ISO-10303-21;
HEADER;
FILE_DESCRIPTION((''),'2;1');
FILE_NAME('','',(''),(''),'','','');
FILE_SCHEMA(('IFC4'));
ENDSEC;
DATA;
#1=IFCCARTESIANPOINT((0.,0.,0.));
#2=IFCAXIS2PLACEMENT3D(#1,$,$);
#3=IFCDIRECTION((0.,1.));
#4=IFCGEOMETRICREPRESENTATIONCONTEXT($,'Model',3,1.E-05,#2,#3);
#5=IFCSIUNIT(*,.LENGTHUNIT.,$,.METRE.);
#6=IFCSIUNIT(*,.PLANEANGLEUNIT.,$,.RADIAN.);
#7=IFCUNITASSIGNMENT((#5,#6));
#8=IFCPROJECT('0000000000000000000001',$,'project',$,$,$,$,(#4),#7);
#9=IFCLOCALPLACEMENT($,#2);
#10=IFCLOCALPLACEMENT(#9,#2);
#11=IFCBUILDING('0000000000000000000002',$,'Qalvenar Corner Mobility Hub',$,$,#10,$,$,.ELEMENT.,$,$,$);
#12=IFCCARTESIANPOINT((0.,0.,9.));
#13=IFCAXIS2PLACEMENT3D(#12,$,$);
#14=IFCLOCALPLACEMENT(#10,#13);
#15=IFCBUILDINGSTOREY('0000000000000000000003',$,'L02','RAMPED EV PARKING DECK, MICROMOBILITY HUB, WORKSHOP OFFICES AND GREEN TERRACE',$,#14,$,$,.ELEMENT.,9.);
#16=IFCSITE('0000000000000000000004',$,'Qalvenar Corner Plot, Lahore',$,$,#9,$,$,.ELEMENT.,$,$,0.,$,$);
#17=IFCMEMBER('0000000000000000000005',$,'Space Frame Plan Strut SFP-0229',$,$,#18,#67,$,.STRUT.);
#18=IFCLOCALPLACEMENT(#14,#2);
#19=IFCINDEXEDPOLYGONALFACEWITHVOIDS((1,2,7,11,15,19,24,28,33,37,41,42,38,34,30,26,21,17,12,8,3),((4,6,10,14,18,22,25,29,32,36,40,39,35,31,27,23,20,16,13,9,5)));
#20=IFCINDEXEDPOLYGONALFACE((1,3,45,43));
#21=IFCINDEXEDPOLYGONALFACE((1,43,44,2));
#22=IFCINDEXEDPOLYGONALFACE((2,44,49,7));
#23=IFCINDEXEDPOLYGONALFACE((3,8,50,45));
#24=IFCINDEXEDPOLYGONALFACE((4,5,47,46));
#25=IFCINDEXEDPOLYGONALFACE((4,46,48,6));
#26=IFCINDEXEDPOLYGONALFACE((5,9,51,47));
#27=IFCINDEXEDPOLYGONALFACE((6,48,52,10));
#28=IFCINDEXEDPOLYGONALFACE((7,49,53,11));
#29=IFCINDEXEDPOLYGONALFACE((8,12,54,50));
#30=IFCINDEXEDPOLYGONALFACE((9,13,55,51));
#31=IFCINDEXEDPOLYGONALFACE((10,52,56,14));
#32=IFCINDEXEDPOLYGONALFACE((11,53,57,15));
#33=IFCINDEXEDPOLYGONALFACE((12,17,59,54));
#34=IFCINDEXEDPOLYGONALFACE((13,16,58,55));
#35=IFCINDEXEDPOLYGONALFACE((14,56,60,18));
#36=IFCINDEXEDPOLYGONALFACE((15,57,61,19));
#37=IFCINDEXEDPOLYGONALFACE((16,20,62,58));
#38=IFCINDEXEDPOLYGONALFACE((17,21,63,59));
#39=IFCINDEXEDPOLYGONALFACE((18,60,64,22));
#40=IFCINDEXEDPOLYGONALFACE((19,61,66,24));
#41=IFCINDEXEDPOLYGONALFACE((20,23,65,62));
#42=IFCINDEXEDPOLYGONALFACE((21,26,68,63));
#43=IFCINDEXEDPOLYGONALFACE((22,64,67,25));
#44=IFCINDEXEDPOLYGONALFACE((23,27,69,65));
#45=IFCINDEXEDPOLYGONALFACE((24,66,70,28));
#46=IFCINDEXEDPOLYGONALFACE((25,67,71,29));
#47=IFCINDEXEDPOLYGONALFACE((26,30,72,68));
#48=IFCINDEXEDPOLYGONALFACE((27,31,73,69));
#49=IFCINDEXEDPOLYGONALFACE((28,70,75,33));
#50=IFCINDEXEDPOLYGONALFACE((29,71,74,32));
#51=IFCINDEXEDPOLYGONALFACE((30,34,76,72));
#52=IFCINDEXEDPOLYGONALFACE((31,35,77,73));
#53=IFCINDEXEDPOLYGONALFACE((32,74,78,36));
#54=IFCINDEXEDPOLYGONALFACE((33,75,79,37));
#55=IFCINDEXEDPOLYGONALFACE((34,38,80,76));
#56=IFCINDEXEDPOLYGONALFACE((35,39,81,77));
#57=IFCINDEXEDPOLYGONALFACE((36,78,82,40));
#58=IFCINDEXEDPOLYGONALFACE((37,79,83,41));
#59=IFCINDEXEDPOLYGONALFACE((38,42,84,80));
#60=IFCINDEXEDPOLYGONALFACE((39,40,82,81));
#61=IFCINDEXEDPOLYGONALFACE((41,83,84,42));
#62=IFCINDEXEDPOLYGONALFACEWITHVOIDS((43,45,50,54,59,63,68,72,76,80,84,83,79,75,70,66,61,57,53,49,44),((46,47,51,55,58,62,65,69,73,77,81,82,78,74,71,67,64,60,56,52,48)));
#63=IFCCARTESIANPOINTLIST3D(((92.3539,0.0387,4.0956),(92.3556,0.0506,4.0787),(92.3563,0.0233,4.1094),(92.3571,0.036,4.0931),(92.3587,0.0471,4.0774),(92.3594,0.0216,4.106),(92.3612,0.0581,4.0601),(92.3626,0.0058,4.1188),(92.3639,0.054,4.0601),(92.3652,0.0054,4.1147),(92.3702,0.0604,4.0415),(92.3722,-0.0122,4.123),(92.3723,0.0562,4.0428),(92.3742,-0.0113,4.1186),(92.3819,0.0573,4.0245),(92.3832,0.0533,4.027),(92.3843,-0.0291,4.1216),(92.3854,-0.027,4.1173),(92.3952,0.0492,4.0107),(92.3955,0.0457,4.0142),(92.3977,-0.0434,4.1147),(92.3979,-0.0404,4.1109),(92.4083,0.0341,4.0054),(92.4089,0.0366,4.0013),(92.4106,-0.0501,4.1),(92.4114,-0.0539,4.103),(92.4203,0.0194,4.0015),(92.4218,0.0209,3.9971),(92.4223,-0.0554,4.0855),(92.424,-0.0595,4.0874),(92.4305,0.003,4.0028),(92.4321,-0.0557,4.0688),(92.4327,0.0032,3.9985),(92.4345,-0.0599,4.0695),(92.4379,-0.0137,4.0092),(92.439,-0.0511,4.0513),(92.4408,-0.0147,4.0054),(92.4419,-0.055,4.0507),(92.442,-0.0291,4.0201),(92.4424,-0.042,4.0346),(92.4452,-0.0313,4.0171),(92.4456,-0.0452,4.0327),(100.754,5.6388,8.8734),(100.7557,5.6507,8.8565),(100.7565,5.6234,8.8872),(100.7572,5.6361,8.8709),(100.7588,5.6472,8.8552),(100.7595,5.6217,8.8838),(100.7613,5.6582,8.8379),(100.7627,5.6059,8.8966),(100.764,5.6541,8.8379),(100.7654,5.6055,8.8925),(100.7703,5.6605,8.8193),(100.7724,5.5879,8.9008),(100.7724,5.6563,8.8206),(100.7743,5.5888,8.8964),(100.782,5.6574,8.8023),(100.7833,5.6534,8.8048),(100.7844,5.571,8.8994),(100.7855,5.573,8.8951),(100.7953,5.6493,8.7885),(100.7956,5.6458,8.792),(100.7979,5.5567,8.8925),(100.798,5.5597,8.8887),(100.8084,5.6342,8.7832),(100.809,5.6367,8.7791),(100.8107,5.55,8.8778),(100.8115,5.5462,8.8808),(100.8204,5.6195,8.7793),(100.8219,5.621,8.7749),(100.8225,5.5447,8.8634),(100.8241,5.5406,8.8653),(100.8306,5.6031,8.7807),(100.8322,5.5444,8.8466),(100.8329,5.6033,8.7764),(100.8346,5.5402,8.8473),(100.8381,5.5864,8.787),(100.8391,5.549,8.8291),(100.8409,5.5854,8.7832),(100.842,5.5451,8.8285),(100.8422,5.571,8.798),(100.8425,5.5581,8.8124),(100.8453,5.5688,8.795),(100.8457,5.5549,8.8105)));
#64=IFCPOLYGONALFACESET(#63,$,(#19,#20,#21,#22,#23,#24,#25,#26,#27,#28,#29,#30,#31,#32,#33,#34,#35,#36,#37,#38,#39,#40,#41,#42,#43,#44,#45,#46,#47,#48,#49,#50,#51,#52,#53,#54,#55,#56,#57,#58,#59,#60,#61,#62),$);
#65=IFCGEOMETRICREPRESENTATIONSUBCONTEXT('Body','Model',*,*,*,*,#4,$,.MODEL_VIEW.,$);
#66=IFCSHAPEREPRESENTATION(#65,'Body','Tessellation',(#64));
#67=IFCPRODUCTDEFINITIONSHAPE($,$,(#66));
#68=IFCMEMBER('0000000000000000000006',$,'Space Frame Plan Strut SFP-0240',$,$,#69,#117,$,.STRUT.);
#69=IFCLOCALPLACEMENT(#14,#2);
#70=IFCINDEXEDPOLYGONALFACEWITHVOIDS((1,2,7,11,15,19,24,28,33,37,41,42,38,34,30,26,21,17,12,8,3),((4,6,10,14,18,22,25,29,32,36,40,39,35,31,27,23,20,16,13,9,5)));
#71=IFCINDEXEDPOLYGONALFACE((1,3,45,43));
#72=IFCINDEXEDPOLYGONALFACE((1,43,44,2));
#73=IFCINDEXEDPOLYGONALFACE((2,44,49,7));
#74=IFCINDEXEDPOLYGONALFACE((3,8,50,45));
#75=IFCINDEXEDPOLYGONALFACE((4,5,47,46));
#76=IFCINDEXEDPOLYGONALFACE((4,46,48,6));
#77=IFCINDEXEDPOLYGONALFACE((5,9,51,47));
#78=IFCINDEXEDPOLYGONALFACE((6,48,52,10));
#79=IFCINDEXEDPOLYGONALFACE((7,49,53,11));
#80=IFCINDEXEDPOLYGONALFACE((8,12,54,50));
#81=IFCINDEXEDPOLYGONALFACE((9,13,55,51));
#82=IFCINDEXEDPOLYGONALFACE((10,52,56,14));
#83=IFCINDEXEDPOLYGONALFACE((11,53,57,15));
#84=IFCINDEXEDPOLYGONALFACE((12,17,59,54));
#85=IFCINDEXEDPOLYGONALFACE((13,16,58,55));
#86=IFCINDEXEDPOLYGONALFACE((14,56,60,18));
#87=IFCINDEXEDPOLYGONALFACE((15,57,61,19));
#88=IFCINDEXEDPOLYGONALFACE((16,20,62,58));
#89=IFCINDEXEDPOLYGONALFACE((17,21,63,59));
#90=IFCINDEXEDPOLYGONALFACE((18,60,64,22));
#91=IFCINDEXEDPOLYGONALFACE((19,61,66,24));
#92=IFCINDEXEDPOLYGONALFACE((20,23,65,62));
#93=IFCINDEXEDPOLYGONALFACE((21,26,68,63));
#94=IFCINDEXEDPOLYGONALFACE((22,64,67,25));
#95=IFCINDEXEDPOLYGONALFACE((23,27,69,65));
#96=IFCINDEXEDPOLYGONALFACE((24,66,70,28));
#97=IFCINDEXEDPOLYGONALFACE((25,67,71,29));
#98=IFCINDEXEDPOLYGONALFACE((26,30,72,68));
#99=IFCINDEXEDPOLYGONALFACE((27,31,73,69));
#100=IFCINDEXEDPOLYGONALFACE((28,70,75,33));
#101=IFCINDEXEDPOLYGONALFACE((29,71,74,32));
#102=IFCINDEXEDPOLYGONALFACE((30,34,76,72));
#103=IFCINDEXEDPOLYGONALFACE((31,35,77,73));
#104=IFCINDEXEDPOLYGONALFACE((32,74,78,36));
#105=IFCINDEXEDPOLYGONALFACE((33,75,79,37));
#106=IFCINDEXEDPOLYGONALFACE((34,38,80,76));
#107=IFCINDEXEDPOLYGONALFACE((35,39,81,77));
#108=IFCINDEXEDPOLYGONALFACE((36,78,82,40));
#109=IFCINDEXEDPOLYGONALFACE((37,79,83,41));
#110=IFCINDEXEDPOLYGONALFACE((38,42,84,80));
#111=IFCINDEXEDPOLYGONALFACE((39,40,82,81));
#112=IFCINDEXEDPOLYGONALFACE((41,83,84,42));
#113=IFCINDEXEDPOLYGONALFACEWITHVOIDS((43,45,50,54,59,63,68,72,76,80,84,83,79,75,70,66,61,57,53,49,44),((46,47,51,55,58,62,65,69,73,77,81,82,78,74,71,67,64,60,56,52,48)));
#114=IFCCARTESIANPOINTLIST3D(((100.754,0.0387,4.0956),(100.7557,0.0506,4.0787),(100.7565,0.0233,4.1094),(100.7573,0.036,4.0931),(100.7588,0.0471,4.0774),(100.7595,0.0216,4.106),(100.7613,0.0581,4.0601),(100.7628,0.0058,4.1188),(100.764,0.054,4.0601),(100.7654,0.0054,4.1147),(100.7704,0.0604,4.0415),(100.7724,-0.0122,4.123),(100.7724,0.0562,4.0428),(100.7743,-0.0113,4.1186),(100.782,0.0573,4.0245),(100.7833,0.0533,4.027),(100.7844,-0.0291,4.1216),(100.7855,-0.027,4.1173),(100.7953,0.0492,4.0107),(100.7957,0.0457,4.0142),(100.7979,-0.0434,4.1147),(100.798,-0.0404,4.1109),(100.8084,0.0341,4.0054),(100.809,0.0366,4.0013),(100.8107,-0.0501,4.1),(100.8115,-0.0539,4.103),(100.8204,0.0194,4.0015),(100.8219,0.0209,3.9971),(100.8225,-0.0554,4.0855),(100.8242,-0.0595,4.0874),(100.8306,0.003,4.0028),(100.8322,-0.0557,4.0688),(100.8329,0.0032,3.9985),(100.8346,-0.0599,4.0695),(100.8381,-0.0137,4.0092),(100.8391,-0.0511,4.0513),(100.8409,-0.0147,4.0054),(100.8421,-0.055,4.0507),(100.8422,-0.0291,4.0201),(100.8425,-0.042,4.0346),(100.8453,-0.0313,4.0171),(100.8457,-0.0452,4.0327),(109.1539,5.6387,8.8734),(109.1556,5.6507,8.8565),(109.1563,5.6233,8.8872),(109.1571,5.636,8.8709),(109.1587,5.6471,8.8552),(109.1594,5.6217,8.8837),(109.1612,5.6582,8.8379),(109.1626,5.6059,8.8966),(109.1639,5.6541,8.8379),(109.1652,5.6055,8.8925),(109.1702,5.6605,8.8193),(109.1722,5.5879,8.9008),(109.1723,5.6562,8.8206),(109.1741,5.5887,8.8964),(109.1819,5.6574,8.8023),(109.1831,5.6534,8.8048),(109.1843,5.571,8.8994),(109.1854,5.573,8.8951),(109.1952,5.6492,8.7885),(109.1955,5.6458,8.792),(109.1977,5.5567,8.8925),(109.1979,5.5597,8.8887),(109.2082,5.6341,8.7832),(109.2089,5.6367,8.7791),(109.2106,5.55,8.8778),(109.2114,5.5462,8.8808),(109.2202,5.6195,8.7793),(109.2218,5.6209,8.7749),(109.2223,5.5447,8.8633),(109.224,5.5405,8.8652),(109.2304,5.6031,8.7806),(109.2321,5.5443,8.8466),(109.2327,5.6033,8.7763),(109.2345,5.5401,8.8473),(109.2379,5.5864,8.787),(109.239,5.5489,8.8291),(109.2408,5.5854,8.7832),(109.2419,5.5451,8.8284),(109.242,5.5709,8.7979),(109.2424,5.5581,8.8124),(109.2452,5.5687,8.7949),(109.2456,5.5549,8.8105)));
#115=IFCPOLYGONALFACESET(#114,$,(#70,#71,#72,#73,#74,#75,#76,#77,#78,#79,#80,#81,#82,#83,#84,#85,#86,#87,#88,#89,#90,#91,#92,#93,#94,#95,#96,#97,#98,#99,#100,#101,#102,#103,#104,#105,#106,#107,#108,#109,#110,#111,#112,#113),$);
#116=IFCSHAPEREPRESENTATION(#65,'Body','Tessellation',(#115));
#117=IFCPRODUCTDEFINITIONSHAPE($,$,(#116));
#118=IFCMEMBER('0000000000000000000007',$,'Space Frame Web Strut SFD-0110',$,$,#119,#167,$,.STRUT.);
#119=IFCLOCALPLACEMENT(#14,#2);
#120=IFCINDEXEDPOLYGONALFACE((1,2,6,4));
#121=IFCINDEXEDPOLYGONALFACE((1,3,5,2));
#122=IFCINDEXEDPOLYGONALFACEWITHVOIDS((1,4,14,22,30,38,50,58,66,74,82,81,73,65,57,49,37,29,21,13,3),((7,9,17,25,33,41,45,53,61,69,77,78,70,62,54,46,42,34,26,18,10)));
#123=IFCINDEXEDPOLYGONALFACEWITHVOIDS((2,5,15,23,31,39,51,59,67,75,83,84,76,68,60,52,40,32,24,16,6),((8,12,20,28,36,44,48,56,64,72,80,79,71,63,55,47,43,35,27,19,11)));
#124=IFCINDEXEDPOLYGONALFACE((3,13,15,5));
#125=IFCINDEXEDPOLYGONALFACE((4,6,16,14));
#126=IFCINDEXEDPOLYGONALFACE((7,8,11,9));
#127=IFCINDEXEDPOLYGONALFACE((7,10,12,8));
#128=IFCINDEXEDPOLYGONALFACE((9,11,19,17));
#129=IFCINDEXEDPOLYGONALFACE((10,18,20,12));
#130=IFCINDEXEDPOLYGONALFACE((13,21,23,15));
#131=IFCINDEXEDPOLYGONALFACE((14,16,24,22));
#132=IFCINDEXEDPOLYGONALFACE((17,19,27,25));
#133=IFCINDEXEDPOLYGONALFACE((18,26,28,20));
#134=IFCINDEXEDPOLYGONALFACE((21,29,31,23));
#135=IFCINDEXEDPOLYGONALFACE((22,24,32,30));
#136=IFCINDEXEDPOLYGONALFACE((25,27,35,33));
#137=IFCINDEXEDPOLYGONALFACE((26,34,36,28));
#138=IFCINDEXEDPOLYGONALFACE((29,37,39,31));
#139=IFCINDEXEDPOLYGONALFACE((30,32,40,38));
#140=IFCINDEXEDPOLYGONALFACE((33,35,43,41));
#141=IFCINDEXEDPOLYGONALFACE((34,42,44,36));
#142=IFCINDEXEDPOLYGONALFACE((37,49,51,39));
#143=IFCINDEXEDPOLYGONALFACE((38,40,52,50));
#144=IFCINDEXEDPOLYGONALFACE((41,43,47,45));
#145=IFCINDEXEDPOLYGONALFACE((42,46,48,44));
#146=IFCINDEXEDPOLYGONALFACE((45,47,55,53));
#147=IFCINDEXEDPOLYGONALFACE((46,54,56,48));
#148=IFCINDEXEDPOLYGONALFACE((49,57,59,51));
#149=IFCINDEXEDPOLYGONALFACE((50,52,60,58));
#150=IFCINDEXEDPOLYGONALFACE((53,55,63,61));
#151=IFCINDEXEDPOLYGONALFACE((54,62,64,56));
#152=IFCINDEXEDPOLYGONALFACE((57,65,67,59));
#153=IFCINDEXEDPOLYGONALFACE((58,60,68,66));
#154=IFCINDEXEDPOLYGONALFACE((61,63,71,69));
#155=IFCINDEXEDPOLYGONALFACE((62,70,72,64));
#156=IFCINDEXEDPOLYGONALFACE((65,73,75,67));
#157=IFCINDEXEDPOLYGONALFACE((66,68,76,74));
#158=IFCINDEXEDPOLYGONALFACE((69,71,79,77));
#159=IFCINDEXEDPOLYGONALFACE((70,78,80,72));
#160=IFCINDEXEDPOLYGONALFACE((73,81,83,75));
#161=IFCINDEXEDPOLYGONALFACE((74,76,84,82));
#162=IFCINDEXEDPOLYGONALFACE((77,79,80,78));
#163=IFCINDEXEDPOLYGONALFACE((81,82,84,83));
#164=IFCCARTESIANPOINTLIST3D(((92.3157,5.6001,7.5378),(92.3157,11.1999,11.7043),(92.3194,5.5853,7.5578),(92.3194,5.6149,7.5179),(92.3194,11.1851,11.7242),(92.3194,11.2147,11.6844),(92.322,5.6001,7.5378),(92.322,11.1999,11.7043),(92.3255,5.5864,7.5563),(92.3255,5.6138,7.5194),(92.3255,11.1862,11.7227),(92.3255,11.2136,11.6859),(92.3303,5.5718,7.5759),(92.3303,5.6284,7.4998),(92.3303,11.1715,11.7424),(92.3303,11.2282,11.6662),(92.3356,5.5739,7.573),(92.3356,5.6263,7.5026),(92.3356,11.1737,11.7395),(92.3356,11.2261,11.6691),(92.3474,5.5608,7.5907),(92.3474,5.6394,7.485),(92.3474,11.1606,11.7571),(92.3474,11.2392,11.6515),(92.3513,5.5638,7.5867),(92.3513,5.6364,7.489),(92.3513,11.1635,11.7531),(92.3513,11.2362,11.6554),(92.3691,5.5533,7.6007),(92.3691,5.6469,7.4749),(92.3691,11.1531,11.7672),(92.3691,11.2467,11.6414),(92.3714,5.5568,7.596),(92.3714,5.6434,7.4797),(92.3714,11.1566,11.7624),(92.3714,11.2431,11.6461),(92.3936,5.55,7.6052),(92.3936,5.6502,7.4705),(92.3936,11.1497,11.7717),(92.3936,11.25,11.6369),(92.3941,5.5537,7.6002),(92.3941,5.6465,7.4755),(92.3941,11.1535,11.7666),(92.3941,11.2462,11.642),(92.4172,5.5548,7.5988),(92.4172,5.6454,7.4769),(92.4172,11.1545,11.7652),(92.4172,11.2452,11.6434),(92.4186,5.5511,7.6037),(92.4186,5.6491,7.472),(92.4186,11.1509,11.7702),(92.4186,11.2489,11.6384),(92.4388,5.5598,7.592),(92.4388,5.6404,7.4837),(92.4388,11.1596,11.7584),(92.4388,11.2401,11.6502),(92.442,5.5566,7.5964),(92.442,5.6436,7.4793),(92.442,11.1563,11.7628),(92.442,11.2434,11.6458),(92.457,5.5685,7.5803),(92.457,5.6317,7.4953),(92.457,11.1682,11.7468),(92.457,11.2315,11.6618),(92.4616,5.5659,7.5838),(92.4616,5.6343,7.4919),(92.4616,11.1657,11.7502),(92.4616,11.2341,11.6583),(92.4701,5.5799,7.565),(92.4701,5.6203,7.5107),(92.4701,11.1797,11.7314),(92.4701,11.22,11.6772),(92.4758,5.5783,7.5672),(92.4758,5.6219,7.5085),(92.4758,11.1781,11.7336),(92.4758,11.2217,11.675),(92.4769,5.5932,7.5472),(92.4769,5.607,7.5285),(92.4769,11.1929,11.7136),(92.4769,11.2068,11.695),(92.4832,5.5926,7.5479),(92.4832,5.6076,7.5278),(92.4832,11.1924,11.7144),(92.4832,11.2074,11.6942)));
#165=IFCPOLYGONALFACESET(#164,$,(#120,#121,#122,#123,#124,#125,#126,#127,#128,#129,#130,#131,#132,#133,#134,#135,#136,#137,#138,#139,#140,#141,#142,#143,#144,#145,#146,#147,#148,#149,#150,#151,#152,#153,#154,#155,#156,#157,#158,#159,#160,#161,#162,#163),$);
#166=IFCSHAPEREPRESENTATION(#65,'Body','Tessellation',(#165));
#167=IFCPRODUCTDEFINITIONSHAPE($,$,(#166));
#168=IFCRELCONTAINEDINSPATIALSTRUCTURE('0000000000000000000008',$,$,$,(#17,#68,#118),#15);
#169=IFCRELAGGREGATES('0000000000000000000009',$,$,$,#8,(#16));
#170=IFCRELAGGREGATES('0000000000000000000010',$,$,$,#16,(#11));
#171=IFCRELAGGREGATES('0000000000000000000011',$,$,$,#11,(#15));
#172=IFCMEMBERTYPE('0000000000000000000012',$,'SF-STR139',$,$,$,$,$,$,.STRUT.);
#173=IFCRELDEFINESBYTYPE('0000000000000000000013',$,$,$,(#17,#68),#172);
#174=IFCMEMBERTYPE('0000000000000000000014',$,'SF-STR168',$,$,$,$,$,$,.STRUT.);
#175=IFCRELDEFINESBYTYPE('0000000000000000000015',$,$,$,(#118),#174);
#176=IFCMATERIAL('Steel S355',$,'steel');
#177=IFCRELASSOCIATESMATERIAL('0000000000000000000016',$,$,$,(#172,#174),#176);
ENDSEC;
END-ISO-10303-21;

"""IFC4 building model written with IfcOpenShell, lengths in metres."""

from ifc_helpers import new_model, si_unit, direction, frame, origin, origin_2d, place, context, subcontext, project, spatial, hollow_circle, extrude, material, material_profile, profile_set, type_object, element, save


model = new_model("IFC4")

# Units and contexts
model_context = context("Model", 3, precision=1e-05, world=origin(), true_north=direction((0.0, 1.0)))
body_context = subcontext(model_context, "Body", "Model", "MODEL_VIEW")
ifc_project = project(units=[si_unit("LENGTHUNIT", "METRE"), si_unit("PLANEANGLEUNIT", "RADIAN")], contexts=[model_context])

# Site, building, storey
site_placement = place(None, origin())
site = spatial("IfcSite", under=ifc_project, at=site_placement, Name="Qalvenar Corner Plot, Lahore", CompositionType="ELEMENT", RefElevation=0.0)
building_placement = place(site_placement, origin())
building = spatial("IfcBuilding", under=site, at=building_placement, Name="Qalvenar Corner Mobility Hub", CompositionType="ELEMENT")
storey_placement = place(building_placement, frame((0.0, 0.0, 9.0)))
storey = spatial("IfcBuildingStorey", under=building, at=storey_placement, Name="L02", Description="RAMPED EV PARKING DECK, MICROMOBILITY HUB, WORKSHOP OFFICES AND GREEN TERRACE", CompositionType="ELEMENT", Elevation=9.0)

# Members
ifc_material_1 = material(Name="Steel S355", Category="steel")
ifc_material_profile_1 = material_profile(ifc_material_1, hollow_circle(Radius=0.0698, WallThickness=0.0049, at=origin_2d()), Name="CHS139.7x5")
ifc_profile_set_1 = profile_set([ifc_material_profile_1], Name="Steel S355")
member_type_1 = type_object("IfcMemberType", Name="SF-STR139", PredefinedType="STRUT", material=ifc_profile_set_1)
member_1_placement = place(storey_placement, frame((92.3999, 0.0, 4.0601), z_axis=(0.752081, 0.501387, 0.427768), x_axis=(-0.5547, 0.83205, 0.0)))
element("IfcMember", 1, at=member_1_placement, inside=storey, type_object=member_type_1, Name="Space Frame Plan Strut SFP-0229", PredefinedType="STRUT", context=body_context, shape_type="SweptSolid", body=[
    extrude(hollow_circle(Radius=0.0698, WallThickness=0.0049, at=origin_2d()), origin(), (0.0, 0.0, 1.0), 11.1692),
])
member_2_placement = place(storey_placement, frame((100.8, 0.0, 4.0601), z_axis=(0.752071, 0.501395, 0.427775), x_axis=(-0.554711, 0.832043, 0.0)))
element("IfcMember", 2, at=member_2_placement, inside=storey, type_object=member_type_1, Name="Space Frame Plan Strut SFP-0240", PredefinedType="STRUT", context=body_context, shape_type="SweptSolid", body=[
    extrude(hollow_circle(Radius=0.0698, WallThickness=0.0049, at=origin_2d()), origin(), (0.0, 0.0, 1.0), 11.1689),
])
ifc_material_profile_2 = material_profile(ifc_material_1, hollow_circle(Radius=0.0842, WallThickness=0.0063, at=origin_2d()), Name="CHS168.3x6.3")
ifc_profile_set_2 = profile_set([ifc_material_profile_2], Name="Steel S355")
member_type_2 = type_object("IfcMemberType", Name="SF-STR168", PredefinedType="STRUT", material=ifc_profile_set_2)
for number, where, z_axis, x_axis, name in (
    (3, (92.3999, 5.6001, 7.5378), (0.0, 0.80229, 0.596934), (-1.0, 0.0, 0.0), "Space Frame Web Strut SFD-0110"),
):
    element("IfcMember", number, at=place(storey_placement, frame(where, z_axis=z_axis, x_axis=x_axis)), inside=storey, type_object=member_type_2, Name=name, PredefinedType="STRUT", context=body_context, shape_type="SweptSolid", body=[
        extrude(hollow_circle(Radius=0.0842, WallThickness=0.0063, at=origin_2d()), origin(), (0.0, 0.0, 1.0), 6.9797),
    ])

save(model, "model.ifc")
